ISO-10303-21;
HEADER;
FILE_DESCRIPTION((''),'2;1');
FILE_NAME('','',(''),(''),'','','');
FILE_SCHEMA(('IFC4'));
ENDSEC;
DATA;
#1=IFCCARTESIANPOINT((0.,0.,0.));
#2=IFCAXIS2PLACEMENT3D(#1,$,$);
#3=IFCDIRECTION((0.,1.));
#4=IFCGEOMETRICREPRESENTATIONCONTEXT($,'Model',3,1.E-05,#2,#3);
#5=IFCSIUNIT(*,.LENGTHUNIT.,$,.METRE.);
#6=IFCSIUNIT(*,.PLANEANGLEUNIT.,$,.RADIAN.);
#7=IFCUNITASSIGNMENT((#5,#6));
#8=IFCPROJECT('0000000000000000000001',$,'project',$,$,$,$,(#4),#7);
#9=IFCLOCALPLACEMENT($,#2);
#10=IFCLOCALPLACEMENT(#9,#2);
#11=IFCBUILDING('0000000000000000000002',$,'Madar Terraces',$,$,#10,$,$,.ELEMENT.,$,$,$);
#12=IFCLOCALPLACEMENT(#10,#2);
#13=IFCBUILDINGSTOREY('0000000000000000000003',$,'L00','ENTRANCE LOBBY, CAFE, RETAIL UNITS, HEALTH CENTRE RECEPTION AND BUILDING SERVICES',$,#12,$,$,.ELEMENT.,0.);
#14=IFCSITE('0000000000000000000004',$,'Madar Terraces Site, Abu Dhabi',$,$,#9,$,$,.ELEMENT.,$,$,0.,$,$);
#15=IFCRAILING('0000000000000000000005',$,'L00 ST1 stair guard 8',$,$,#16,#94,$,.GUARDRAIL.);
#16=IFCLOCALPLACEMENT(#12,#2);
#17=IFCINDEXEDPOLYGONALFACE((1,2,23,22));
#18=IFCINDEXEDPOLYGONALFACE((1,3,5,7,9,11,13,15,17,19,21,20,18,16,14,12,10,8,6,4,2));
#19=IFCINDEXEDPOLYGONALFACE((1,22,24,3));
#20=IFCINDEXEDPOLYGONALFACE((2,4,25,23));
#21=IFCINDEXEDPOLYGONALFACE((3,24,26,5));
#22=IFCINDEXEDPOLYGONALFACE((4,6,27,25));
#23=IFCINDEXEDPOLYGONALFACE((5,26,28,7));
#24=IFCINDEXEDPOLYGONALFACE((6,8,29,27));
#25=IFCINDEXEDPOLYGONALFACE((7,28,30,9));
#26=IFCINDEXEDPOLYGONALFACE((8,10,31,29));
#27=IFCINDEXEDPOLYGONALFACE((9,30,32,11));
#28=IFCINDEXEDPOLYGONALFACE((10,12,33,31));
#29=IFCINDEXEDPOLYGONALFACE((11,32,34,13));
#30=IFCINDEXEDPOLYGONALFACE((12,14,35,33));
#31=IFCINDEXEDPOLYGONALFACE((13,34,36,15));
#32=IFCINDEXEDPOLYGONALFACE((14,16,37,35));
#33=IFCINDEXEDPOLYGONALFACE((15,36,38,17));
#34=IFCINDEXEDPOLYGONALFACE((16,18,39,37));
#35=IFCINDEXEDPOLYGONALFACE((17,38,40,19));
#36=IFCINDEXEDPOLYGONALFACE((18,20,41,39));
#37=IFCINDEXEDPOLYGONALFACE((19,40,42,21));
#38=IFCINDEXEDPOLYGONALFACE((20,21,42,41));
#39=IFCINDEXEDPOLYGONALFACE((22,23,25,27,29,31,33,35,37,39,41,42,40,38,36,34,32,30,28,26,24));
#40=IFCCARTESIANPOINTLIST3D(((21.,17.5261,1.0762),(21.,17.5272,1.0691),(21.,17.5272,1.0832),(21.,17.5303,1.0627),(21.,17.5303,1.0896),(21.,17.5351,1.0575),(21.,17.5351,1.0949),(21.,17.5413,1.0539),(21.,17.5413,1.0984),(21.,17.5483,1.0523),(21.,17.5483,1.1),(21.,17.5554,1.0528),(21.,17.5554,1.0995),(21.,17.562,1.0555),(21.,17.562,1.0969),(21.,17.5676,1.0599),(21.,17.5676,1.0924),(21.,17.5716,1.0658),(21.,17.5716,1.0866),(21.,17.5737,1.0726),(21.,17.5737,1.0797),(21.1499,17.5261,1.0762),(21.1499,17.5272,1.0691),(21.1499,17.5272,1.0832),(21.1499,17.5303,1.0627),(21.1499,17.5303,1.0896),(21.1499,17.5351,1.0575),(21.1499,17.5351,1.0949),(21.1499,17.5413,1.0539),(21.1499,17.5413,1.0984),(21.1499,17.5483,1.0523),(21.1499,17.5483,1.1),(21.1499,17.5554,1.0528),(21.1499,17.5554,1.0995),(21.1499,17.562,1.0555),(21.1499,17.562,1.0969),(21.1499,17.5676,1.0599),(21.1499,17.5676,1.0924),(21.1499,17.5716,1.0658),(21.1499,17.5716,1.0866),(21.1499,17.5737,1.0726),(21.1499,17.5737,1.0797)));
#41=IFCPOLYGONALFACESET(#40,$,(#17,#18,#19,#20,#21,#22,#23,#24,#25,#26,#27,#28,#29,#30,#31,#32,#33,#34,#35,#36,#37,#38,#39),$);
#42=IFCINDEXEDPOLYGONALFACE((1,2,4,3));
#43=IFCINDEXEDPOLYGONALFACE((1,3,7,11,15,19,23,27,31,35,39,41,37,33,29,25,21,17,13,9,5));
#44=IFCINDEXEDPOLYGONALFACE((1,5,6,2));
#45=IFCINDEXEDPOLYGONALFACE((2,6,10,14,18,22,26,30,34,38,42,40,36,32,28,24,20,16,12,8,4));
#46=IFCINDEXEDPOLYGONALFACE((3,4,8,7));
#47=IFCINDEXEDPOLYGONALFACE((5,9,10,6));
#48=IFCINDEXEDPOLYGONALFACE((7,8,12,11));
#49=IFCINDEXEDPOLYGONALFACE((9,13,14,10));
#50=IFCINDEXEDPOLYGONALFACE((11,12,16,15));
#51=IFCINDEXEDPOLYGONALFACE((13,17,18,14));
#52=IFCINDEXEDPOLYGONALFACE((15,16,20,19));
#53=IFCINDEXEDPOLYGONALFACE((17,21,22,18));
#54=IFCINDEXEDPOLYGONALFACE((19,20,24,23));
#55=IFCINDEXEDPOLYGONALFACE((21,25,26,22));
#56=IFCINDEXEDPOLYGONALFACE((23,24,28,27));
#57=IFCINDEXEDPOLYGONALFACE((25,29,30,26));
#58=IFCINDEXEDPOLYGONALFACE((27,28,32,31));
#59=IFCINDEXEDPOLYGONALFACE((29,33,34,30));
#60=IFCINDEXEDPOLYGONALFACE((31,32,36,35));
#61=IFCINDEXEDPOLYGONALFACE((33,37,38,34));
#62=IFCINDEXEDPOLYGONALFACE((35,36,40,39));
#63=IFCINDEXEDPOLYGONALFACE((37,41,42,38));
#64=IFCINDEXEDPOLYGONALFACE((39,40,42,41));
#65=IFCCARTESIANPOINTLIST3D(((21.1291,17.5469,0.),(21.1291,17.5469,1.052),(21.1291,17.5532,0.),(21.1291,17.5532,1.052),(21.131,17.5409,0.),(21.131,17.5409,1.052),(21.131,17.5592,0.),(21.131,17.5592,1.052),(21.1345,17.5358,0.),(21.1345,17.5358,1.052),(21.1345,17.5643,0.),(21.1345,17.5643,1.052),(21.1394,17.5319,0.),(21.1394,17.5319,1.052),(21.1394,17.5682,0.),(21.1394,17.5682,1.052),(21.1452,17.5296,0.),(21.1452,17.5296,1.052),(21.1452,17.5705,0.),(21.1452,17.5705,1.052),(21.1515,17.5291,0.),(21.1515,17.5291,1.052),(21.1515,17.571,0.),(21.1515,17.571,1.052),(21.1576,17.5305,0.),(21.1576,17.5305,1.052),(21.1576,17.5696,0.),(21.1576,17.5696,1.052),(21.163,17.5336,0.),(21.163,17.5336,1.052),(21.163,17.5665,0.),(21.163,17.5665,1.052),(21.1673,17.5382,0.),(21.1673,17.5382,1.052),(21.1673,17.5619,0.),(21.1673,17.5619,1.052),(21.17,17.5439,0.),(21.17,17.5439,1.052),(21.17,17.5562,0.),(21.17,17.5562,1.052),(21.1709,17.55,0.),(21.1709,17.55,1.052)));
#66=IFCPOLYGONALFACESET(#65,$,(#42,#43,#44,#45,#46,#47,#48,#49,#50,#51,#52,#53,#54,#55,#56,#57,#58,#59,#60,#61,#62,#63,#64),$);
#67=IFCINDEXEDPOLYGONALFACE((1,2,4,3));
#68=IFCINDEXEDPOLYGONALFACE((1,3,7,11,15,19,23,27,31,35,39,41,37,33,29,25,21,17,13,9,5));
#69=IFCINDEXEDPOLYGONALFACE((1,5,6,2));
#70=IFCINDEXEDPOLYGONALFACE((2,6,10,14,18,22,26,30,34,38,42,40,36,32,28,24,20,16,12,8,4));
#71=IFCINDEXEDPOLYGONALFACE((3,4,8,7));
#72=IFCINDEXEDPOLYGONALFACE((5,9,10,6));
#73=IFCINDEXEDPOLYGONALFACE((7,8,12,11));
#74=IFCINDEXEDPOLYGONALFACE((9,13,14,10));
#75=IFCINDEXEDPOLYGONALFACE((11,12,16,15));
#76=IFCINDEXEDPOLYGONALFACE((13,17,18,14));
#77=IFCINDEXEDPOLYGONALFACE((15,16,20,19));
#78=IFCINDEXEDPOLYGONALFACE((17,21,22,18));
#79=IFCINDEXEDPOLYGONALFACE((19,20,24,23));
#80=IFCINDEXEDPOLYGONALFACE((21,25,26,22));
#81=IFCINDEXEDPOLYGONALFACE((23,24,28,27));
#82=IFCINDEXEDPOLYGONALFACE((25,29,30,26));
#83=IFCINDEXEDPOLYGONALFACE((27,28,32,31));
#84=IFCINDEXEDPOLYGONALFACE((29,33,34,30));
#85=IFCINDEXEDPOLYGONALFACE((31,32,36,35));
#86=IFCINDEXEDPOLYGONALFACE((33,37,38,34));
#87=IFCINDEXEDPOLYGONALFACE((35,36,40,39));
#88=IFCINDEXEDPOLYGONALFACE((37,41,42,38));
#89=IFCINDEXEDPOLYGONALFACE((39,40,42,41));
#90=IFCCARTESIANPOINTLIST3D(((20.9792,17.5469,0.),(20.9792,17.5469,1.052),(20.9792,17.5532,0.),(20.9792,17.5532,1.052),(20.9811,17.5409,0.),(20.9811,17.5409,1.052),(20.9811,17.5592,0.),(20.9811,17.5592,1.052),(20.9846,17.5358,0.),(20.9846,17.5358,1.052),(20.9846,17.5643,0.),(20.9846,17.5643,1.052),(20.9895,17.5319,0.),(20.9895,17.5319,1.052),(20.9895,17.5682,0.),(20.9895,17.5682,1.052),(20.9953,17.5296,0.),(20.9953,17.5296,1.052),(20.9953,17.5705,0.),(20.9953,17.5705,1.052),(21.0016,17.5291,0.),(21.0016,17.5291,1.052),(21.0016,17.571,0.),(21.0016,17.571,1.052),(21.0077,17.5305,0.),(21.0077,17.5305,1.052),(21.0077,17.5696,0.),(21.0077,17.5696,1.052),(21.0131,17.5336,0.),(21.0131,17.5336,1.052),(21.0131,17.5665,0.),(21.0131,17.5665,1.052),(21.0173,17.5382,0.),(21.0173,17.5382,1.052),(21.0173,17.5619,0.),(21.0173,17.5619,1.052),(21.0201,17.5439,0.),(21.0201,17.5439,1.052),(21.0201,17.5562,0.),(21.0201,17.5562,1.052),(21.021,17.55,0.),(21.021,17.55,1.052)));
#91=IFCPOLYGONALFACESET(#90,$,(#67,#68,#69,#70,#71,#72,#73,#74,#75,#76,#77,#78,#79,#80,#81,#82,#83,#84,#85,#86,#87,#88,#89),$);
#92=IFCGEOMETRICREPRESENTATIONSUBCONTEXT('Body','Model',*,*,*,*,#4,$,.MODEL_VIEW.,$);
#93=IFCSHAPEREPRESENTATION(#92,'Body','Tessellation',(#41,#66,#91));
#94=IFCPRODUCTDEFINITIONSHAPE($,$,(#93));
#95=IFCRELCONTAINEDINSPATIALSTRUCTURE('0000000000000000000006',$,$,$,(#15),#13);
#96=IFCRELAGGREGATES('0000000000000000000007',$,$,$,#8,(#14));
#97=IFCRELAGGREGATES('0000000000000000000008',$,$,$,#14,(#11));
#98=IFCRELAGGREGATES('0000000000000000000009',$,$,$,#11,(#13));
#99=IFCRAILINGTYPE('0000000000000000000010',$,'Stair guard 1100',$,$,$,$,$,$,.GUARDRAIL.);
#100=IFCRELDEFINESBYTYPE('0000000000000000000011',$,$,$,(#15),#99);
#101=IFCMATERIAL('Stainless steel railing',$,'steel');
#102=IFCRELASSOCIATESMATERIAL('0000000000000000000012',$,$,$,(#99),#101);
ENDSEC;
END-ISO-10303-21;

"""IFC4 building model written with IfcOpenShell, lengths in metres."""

from ifc_helpers import new_model, si_unit, direction, frame, origin, origin_2d, place, context, subcontext, project, spatial, circle, extrude, material, type_object, element, save


model = new_model("IFC4")

# Units and contexts
model_context = context("Model", 3, precision=1e-05, world=origin(), true_north=direction((0.0, 1.0)))
body_context = subcontext(model_context, "Body", "Model", "MODEL_VIEW")
ifc_project = project(units=[si_unit("LENGTHUNIT", "METRE"), si_unit("PLANEANGLEUNIT", "RADIAN")], contexts=[model_context])

# Site, building, storey
site_placement = place(None, origin())
site = spatial("IfcSite", under=ifc_project, at=site_placement, Name="Madar Terraces Site, Abu Dhabi", CompositionType="ELEMENT", RefElevation=0.0)
building_placement = place(site_placement, origin())
building = spatial("IfcBuilding", under=site, at=building_placement, Name="Madar Terraces", CompositionType="ELEMENT")
storey_placement = place(building_placement, origin())
storey = spatial("IfcBuildingStorey", under=building, at=storey_placement, Name="L00", Description="ENTRANCE LOBBY, CAFE, RETAIL UNITS, HEALTH CENTRE RECEPTION AND BUILDING SERVICES", CompositionType="ELEMENT", Elevation=0.0)

# Railing
ifc_material_1 = material(Name="Stainless steel railing", Category="steel")
railing_type_1 = type_object("IfcRailingType", Name="Stair guard 1100", PredefinedType="GUARDRAIL", material=ifc_material_1)
railing_1_placement = place(storey_placement, frame((21.1499, 17.55, 0.0)))
element("IfcRailing", 1, at=railing_1_placement, inside=storey, type_object=railing_type_1, Name="L00 ST1 stair guard 8", PredefinedType="GUARDRAIL", context=body_context, shape_type="SweptSolid", body=[
    extrude(circle(Radius=0.0239, at=origin_2d()), frame((0.0, 0.0, 1.0762), z_axis=(-1.0, 0.0, 0.0), x_axis=(0.0, -1.0, 0.0)), (0.0, 0.0, 1.0), 0.1499),
    extrude(circle(Radius=0.021, at=origin_2d()), origin(), (0.0, 0.0, 1.0), 1.052),
    extrude(circle(Radius=0.021, at=origin_2d()), frame((-0.1499, 0.0, 0.0)), (0.0, 0.0, 1.0), 1.052),
])

save(model, "model.ifc")
